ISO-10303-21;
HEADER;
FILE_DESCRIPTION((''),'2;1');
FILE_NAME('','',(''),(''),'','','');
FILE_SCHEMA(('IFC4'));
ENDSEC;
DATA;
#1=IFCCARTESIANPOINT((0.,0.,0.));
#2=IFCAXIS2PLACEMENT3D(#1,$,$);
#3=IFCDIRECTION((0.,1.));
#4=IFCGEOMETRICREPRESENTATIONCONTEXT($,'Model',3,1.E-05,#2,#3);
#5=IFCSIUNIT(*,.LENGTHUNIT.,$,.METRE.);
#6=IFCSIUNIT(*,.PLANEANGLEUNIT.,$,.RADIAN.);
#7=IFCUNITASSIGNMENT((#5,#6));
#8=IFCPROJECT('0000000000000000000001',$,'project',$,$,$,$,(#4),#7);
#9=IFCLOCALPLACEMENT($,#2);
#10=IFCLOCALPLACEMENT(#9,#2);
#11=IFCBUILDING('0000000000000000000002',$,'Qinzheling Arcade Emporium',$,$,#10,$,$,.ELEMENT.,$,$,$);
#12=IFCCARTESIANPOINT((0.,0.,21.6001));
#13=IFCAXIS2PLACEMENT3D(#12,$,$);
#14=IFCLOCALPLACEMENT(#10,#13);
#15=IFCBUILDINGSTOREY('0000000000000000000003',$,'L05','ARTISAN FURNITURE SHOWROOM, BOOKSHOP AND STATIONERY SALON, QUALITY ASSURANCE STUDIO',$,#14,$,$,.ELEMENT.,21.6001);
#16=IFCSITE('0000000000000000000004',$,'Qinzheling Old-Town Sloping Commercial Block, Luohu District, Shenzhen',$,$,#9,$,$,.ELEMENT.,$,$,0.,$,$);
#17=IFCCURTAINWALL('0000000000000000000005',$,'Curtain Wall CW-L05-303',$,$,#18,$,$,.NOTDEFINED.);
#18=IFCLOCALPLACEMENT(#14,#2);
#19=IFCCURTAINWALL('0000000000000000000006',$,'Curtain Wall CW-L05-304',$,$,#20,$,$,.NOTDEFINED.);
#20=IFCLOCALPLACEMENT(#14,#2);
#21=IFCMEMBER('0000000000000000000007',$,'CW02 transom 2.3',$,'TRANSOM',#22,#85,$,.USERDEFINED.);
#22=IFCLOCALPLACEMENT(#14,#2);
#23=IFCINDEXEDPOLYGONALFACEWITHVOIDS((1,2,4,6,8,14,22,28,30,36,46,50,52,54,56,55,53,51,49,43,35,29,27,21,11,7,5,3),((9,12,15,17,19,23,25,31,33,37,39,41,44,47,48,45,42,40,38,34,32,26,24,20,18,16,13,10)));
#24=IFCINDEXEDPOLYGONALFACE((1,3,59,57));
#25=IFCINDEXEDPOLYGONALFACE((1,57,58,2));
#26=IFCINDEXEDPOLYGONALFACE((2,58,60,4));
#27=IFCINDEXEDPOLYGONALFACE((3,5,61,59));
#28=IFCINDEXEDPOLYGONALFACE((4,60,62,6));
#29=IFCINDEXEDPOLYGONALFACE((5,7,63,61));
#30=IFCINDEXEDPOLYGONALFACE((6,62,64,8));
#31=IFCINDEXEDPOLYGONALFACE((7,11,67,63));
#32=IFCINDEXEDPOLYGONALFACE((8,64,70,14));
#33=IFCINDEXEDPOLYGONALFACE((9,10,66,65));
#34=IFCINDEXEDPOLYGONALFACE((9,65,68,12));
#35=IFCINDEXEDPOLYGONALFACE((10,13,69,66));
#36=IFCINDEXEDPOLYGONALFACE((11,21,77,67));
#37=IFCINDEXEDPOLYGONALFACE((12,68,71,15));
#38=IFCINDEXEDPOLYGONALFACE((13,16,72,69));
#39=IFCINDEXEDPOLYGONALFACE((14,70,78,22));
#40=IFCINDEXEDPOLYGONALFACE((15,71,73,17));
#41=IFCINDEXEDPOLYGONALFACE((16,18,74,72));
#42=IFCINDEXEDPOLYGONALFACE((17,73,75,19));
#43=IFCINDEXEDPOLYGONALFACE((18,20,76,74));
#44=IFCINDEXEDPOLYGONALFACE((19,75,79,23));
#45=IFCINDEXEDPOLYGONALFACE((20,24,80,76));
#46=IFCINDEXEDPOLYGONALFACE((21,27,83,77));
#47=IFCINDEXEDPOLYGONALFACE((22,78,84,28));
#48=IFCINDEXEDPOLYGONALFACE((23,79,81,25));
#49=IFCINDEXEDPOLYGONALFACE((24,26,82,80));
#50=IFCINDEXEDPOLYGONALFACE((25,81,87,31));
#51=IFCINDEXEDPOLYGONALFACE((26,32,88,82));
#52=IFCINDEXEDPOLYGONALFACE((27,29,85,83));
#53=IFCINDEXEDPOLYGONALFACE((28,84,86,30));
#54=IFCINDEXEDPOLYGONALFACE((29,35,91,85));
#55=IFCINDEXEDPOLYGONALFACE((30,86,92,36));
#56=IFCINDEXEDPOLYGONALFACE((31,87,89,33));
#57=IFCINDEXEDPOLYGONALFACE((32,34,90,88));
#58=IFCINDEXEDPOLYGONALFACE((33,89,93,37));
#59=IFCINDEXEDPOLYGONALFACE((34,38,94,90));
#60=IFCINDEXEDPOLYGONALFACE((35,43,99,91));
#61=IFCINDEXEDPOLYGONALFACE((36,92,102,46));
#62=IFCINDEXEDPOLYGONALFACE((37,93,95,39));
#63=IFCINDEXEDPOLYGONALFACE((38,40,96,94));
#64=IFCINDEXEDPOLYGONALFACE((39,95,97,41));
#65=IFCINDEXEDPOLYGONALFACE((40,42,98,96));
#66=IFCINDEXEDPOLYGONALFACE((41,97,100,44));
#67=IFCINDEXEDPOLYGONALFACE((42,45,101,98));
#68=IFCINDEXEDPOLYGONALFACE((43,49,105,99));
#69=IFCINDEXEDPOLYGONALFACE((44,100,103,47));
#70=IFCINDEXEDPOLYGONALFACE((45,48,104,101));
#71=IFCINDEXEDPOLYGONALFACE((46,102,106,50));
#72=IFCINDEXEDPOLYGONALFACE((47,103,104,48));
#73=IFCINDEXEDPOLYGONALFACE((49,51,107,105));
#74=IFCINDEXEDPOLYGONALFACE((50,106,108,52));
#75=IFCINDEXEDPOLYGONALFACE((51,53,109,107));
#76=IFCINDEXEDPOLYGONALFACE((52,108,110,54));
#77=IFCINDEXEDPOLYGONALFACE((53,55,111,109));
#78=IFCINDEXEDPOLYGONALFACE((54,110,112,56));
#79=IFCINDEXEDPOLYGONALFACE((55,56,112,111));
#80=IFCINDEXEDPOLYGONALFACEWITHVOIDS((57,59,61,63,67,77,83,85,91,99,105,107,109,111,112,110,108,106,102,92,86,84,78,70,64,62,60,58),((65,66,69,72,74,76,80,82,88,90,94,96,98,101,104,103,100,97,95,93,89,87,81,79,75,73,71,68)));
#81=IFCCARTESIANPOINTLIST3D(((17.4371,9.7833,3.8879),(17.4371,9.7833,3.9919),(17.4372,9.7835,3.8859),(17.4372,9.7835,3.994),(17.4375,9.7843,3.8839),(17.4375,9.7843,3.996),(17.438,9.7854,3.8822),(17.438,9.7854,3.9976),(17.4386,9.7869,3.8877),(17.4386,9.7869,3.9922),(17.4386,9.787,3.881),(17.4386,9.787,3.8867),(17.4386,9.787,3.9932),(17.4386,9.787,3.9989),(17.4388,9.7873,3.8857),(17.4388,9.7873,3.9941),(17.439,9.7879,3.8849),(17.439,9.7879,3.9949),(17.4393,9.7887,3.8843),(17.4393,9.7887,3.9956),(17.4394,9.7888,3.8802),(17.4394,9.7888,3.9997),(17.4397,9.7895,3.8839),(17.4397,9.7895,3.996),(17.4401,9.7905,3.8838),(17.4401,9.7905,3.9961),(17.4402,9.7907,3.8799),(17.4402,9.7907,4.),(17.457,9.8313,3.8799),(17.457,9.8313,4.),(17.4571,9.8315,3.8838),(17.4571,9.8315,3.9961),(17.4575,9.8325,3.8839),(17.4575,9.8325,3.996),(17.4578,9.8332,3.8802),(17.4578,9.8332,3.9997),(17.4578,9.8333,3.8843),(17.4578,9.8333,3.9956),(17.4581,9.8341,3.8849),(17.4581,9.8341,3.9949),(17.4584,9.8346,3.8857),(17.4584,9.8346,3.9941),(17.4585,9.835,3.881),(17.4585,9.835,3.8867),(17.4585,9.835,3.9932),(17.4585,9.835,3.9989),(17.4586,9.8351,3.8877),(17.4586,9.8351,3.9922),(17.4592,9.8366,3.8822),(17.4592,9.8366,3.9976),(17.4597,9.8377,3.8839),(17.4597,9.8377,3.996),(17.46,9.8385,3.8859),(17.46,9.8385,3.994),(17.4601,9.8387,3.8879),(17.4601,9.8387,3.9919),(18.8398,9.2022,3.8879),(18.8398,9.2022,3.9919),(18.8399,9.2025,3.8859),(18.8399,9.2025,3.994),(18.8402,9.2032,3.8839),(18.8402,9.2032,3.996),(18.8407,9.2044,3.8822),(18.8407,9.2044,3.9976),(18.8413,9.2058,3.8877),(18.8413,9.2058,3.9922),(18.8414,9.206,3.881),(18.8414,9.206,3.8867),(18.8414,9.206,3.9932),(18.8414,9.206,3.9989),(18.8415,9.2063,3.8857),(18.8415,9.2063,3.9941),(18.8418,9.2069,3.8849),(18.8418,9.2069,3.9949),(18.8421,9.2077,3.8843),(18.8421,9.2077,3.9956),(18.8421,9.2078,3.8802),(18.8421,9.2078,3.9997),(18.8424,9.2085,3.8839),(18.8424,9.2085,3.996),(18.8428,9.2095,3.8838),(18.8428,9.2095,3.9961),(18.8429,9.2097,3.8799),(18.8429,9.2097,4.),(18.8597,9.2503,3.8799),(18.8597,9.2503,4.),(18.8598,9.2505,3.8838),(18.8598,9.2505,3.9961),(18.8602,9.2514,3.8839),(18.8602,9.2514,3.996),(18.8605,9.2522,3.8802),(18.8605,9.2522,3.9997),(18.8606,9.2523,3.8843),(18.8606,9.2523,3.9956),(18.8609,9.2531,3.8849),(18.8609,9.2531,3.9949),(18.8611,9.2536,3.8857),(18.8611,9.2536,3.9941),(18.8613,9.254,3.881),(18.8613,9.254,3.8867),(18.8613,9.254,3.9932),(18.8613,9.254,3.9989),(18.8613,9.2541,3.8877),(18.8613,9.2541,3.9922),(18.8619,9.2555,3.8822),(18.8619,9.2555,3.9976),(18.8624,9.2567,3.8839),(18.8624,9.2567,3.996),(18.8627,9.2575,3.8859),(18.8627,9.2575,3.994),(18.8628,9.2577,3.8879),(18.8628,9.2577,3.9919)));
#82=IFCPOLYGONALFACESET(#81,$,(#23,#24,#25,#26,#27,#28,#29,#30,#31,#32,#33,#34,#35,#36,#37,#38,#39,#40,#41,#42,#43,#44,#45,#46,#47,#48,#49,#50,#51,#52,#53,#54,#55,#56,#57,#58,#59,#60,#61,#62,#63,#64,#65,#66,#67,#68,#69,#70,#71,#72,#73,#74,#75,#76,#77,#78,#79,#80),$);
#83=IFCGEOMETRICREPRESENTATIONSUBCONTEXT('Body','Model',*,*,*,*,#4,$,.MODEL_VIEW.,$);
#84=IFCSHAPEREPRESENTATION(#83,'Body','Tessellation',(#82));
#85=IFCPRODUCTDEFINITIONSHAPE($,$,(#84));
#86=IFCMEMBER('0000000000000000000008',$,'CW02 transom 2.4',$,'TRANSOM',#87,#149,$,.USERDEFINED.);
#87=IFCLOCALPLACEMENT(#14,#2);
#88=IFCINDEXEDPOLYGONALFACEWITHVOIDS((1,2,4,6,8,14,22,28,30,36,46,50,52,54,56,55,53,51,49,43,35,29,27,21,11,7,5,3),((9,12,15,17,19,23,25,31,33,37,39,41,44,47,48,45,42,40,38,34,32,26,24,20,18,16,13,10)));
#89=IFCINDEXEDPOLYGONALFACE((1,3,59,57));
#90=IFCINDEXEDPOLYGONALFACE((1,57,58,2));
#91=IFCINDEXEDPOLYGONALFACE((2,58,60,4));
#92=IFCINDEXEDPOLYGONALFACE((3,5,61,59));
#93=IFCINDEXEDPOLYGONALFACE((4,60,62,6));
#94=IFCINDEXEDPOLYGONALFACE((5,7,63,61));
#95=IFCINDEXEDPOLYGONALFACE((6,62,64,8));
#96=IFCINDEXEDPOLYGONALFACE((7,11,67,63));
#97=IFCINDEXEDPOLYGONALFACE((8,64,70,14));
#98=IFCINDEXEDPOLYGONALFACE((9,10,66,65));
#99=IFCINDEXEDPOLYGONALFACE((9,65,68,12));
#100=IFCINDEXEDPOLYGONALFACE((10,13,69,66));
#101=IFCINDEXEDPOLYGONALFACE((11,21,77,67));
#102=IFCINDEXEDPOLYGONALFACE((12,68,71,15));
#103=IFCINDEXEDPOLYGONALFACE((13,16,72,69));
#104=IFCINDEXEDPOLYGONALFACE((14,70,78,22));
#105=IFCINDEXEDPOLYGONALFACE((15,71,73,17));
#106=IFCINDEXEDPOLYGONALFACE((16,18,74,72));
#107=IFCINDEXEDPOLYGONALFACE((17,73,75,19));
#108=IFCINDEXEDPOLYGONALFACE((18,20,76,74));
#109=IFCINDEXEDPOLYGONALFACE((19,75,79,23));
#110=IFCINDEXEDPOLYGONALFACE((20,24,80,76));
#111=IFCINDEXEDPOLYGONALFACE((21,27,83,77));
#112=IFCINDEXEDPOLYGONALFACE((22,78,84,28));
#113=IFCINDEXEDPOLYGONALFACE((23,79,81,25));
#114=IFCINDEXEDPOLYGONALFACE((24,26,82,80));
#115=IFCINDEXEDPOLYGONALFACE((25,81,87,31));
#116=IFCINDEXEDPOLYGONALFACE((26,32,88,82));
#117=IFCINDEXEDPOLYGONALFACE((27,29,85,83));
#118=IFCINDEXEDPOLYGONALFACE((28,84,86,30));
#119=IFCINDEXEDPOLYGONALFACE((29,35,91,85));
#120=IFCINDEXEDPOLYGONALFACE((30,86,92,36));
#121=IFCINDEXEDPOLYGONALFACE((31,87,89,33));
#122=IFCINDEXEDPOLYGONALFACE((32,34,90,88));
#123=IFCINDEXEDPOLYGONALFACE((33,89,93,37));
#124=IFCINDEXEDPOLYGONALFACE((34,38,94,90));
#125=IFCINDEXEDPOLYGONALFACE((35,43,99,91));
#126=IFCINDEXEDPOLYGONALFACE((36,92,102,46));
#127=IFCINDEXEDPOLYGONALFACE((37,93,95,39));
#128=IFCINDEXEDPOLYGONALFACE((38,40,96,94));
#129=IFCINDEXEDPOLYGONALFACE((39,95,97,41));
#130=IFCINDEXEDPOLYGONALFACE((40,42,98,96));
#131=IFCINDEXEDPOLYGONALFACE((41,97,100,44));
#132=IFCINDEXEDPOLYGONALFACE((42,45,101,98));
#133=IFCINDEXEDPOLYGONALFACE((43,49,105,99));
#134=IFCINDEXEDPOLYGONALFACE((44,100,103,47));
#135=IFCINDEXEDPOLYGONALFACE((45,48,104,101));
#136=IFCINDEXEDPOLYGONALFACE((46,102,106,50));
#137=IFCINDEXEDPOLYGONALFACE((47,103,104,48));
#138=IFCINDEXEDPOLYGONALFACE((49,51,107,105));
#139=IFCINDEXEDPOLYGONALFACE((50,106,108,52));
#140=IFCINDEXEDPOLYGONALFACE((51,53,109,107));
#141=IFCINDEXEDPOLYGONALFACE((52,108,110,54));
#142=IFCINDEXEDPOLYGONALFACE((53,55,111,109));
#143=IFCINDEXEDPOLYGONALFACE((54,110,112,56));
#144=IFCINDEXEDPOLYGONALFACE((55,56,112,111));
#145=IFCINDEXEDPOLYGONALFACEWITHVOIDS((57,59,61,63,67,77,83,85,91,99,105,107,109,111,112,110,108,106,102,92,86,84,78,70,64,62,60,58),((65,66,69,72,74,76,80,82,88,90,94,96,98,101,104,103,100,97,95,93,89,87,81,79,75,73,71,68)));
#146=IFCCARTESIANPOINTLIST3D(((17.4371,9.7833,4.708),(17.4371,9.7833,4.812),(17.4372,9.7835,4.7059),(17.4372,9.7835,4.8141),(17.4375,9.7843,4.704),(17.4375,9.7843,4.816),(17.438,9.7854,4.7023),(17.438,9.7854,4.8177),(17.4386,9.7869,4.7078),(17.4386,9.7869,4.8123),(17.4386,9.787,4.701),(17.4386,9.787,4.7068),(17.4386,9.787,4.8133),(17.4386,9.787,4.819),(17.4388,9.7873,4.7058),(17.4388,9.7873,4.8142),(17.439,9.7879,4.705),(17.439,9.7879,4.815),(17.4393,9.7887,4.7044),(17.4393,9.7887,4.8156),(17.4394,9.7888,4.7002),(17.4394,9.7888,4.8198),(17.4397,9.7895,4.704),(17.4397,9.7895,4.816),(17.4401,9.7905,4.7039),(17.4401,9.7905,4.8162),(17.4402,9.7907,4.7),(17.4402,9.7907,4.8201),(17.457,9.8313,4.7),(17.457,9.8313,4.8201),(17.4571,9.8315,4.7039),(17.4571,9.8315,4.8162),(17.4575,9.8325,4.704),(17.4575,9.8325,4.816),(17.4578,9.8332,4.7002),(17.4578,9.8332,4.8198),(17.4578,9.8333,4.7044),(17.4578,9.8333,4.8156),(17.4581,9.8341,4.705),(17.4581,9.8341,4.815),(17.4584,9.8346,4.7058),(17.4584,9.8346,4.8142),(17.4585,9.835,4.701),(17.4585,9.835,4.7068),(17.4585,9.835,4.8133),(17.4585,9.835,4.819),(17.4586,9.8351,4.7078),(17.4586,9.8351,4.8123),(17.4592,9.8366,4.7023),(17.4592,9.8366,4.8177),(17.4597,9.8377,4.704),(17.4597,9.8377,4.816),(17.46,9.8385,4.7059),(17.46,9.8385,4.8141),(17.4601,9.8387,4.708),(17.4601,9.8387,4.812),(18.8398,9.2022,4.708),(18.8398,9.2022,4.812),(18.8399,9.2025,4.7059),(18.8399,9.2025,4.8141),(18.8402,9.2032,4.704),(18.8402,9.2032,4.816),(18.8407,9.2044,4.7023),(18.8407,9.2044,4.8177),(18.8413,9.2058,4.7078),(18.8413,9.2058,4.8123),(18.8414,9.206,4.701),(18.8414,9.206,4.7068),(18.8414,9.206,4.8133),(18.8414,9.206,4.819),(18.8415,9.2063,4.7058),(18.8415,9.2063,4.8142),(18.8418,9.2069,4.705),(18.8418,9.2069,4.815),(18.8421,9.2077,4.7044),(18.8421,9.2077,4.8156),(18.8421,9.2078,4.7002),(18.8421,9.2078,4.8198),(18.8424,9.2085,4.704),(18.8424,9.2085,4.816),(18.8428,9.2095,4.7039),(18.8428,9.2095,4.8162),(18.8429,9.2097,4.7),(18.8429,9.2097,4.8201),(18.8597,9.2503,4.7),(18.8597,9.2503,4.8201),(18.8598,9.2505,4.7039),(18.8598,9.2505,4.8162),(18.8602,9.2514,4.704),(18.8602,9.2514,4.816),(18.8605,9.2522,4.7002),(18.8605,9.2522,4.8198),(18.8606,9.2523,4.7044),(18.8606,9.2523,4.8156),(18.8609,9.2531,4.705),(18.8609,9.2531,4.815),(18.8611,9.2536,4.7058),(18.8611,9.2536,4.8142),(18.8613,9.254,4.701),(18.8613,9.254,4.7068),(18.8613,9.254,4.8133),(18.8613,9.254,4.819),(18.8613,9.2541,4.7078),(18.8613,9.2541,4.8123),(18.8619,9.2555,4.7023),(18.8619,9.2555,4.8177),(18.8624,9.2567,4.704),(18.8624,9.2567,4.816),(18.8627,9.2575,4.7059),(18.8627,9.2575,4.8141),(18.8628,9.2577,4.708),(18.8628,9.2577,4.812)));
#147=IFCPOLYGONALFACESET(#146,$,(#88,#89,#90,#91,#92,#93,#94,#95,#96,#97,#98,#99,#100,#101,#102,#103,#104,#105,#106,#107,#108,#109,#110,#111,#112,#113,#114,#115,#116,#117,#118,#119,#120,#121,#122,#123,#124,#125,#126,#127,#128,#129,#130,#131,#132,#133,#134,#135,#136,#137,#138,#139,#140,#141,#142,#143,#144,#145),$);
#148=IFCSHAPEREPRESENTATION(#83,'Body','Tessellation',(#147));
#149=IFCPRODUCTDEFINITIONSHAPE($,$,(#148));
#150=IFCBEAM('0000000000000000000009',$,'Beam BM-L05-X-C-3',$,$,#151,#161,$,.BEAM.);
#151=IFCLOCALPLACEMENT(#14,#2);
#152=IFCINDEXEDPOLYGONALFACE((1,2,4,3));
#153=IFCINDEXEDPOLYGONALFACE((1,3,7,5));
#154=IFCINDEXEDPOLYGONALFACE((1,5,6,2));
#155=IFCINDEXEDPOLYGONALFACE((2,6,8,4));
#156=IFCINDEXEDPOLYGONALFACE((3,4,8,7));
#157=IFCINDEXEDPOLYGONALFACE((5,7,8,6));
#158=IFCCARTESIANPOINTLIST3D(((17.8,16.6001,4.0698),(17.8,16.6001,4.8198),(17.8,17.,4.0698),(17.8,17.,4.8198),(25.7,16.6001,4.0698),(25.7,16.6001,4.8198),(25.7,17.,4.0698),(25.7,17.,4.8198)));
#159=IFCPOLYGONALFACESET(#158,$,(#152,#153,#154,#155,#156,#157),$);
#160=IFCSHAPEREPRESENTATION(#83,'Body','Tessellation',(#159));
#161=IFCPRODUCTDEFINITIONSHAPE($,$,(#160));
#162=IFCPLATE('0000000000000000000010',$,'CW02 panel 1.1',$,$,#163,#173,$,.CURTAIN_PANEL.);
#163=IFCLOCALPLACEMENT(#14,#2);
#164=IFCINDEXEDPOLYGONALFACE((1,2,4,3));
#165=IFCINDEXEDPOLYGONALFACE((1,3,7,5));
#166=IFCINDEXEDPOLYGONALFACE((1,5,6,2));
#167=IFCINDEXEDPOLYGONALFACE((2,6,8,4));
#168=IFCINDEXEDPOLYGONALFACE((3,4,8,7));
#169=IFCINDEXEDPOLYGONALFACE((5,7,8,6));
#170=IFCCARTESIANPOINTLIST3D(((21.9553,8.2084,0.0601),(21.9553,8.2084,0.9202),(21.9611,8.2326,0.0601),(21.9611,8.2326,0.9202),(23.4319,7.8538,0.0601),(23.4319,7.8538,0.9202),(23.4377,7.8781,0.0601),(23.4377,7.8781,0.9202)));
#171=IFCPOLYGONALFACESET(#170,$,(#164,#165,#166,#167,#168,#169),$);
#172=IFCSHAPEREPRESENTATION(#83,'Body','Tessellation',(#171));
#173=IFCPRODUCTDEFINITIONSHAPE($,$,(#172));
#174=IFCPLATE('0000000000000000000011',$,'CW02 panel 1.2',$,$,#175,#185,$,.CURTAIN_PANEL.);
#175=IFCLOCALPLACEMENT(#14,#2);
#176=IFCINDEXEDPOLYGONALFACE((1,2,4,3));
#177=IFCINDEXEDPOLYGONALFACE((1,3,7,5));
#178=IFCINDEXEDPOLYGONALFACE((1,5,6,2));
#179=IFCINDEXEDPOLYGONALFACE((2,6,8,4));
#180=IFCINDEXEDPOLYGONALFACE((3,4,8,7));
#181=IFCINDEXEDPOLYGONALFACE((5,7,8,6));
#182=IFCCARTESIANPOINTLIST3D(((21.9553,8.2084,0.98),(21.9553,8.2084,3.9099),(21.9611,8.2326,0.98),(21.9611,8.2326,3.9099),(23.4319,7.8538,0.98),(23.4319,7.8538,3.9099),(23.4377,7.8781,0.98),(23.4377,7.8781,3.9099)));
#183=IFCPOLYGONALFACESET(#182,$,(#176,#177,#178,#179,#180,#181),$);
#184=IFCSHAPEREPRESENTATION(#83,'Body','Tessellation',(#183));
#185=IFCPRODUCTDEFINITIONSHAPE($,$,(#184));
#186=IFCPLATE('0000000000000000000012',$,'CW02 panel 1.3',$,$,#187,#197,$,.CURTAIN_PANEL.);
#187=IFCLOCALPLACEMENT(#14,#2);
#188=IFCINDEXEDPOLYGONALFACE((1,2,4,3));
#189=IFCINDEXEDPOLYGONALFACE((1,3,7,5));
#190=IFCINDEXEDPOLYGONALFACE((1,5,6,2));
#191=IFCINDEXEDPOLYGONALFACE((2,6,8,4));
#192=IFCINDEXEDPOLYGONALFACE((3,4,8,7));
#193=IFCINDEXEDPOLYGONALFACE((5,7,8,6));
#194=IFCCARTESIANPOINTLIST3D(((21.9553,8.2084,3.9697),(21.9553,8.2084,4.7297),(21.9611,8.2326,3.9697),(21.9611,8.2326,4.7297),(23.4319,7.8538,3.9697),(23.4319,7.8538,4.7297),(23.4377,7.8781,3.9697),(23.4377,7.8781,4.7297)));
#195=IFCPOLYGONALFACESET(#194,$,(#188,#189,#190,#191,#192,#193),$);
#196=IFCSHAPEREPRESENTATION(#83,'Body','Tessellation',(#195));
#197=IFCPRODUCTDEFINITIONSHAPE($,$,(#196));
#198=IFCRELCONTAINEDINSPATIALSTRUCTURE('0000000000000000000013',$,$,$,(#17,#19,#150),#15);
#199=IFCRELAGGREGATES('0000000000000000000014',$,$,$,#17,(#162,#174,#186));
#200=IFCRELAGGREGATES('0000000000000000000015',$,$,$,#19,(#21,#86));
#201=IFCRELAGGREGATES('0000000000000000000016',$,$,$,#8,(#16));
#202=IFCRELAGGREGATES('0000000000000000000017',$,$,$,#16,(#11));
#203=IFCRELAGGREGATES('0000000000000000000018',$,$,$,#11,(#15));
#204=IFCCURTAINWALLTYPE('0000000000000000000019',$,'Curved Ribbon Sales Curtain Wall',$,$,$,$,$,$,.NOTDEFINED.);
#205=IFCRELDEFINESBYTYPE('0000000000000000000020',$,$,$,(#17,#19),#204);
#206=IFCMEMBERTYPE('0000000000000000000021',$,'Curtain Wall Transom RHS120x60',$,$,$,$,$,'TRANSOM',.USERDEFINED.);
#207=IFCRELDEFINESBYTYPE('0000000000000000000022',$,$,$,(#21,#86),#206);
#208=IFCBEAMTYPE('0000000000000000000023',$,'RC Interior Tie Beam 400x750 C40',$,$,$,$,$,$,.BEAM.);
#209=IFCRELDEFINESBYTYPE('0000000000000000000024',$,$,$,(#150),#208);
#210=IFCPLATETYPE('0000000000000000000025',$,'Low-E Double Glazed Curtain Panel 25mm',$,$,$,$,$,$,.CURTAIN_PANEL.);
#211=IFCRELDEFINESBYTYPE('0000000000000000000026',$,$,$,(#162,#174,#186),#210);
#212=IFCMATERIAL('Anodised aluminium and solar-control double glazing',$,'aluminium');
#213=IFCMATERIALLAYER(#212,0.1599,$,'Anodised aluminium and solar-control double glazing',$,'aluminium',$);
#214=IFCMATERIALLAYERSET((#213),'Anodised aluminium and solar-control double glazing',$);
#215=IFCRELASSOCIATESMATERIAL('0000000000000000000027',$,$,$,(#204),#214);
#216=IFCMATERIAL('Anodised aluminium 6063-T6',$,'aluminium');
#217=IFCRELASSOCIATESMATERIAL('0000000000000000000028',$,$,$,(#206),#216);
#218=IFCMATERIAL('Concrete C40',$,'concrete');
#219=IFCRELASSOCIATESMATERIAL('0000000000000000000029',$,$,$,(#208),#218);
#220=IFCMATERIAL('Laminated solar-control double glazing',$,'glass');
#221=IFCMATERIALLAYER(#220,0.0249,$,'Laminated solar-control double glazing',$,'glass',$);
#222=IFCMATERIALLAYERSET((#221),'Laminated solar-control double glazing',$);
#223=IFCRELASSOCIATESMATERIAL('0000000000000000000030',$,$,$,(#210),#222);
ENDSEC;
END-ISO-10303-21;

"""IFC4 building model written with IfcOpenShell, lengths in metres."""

from ifc_helpers import new_model, si_unit, direction, frame, origin, origin_2d, place, context, subcontext, project, spatial, rectangle, hollow_rectangle, extrude, material, layer, layer_set, material_profile, profile_set, type_object, element, aggregate, save


model = new_model("IFC4")

# Units and contexts
model_context = context("Model", 3, precision=1e-05, world=origin(), true_north=direction((0.0, 1.0)))
body_context = subcontext(model_context, "Body", "Model", "MODEL_VIEW")
ifc_project = project(units=[si_unit("LENGTHUNIT", "METRE"), si_unit("PLANEANGLEUNIT", "RADIAN")], contexts=[model_context])

# Site, building, storey
site_placement = place(None, origin())
site = spatial("IfcSite", under=ifc_project, at=site_placement, Name="Qinzheling Old-Town Sloping Commercial Block, Luohu District, Shenzhen", CompositionType="ELEMENT", RefElevation=0.0)
building_placement = place(site_placement, origin())
building = spatial("IfcBuilding", under=site, at=building_placement, Name="Qinzheling Arcade Emporium", CompositionType="ELEMENT")
storey_placement = place(building_placement, frame((0.0, 0.0, 21.6001)))
storey = spatial("IfcBuildingStorey", under=building, at=storey_placement, Name="L05", Description="ARTISAN FURNITURE SHOWROOM, BOOKSHOP AND STATIONERY SALON, QUALITY ASSURANCE STUDIO", CompositionType="ELEMENT", Elevation=21.6001)

# Curtain walls
ifc_material_1 = material(Name="Anodised aluminium and solar-control double glazing", Category="aluminium")
ifc_layer_1 = layer(ifc_material_1, 0.1599, Name="Anodised aluminium and solar-control double glazing", Category="aluminium")
ifc_layer_set_1 = layer_set([ifc_layer_1], Name="Anodised aluminium and solar-control double glazing")
curtain_wall_type = type_object("IfcCurtainWallType", Name="Curved Ribbon Sales Curtain Wall", PredefinedType="NOTDEFINED", material=ifc_layer_set_1)
curtain_wall_1_placement = place(storey_placement, origin())
curtain_wall_1 = element("IfcCurtainWall", 1, at=curtain_wall_1_placement, inside=storey, type_object=curtain_wall_type, Name="Curtain Wall CW-L05-303", PredefinedType="NOTDEFINED")
ifc_material_2 = material(Name="Anodised aluminium 6063-T6", Category="aluminium")
curtain_wall_2_placement = place(storey_placement, origin())
curtain_wall_2 = element("IfcCurtainWall", 2, at=curtain_wall_2_placement, inside=storey, type_object=curtain_wall_type, Name="Curtain Wall CW-L05-304", PredefinedType="NOTDEFINED")

# Members
ifc_material_profile_1 = material_profile(ifc_material_2, hollow_rectangle(XDim=0.0601, YDim=0.1201, WallThickness=0.0039, InnerFilletRadius=0.0039, OuterFilletRadius=0.0081, at=origin_2d()), Name="RHS 120x60x4", Category="aluminium")
ifc_profile_set_1 = profile_set([ifc_material_profile_1], Name="Anodised aluminium 6063-T6")
member_type_1 = type_object("IfcMemberType", Name="Curtain Wall Transom RHS120x60", ElementType="TRANSOM", PredefinedType="USERDEFINED", material=ifc_profile_set_1)
member_1_placement = place(storey_placement, frame((18.8513, 9.23, 3.9399), z_axis=(-0.923884, 0.382674, 0.0), x_axis=(-0.382674, -0.923884, 0.0)))
member_1 = element("IfcMember", 3, at=member_1_placement, type_object=member_type_1, Name="CW02 transom 2.3", ObjectType="TRANSOM", PredefinedType="USERDEFINED", context=body_context, shape_type="SweptSolid", body=[
    extrude(hollow_rectangle(XDim=0.0601, YDim=0.1201, WallThickness=0.0039, InnerFilletRadius=0.0039, OuterFilletRadius=0.0081, at=origin_2d()), origin(), (0.0, 0.0, 1.0), 1.5183),
])
member_2_placement = place(storey_placement, frame((18.8513, 9.23, 4.76), z_axis=(-0.923884, 0.382674, 0.0), x_axis=(-0.382674, -0.923884, 0.0)))
member_2 = element("IfcMember", 4, at=member_2_placement, type_object=member_type_1, Name="CW02 transom 2.4", ObjectType="TRANSOM", PredefinedType="USERDEFINED", context=body_context, shape_type="SweptSolid", body=[
    extrude(hollow_rectangle(XDim=0.0601, YDim=0.1201, WallThickness=0.0039, InnerFilletRadius=0.0039, OuterFilletRadius=0.0081, at=origin_2d()), origin(), (0.0, 0.0, 1.0), 1.5183),
])

# Beam
ifc_material_3 = material(Name="Concrete C40", Category="concrete")
ifc_material_profile_2 = material_profile(ifc_material_3, rectangle(XDim=0.3999, YDim=0.75, at=origin_2d()), Name="RC 400x750", Category="concrete")
ifc_profile_set_2 = profile_set([ifc_material_profile_2], Name="Concrete C40")
beam_type = type_object("IfcBeamType", Name="RC Interior Tie Beam 400x750 C40", PredefinedType="BEAM", material=ifc_profile_set_2)
beam_placement = place(storey_placement, frame((17.8, 16.8, 4.4448), z_axis=(1.0, 0.0, 0.0), x_axis=(0.0, 1.0, 0.0)))
element("IfcBeam", 5, at=beam_placement, inside=storey, type_object=beam_type, Name="Beam BM-L05-X-C-3", PredefinedType="BEAM", context=body_context, shape_type="SweptSolid", body=[
    extrude(rectangle(XDim=0.3999, YDim=0.75, at=origin_2d()), origin(), (0.0, 0.0, 1.0), 7.8999),
])

# Plates
ifc_material_4 = material(Name="Laminated solar-control double glazing", Category="glass")
ifc_layer_2 = layer(ifc_material_4, 0.0249, Name="Laminated solar-control double glazing", Category="glass")
ifc_layer_set_2 = layer_set([ifc_layer_2], Name="Laminated solar-control double glazing")
plate_type_1 = type_object("IfcPlateType", Name="Low-E Double Glazed Curtain Panel 25mm", PredefinedType="CURTAIN_PANEL", material=ifc_layer_set_2)
plate_1_placement = place(storey_placement, frame((22.6965, 8.0432, 0.0601), z_axis=(0.0, 0.0, 1.0), x_axis=(-0.972368, 0.233455, 0.0)))
plate_1 = element("IfcPlate", 6, at=plate_1_placement, type_object=plate_type_1, Name="CW02 panel 1.1", PredefinedType="CURTAIN_PANEL", context=body_context, shape_type="SweptSolid", body=[
    extrude(rectangle(XDim=1.5186, YDim=0.0249, at=origin_2d()), origin(), (0.0, 0.0, 1.0), 0.8601),
])
plate_2_placement = place(storey_placement, frame((22.6965, 8.0432, 0.98), z_axis=(0.0, 0.0, 1.0), x_axis=(-0.972368, 0.233455, 0.0)))
plate_2 = element("IfcPlate", 7, at=plate_2_placement, type_object=plate_type_1, Name="CW02 panel 1.2", PredefinedType="CURTAIN_PANEL", context=body_context, shape_type="SweptSolid", body=[
    extrude(rectangle(XDim=1.5186, YDim=0.0249, at=origin_2d()), origin(), (0.0, 0.0, 1.0), 2.9299),
])
plate_3_placement = place(storey_placement, frame((22.6965, 8.0432, 3.9697), z_axis=(0.0, 0.0, 1.0), x_axis=(-0.972368, 0.233455, 0.0)))
plate_3 = element("IfcPlate", 8, at=plate_3_placement, type_object=plate_type_1, Name="CW02 panel 1.3", PredefinedType="CURTAIN_PANEL", context=body_context, shape_type="SweptSolid", body=[
    extrude(rectangle(XDim=1.5186, YDim=0.0249, at=origin_2d()), origin(), (0.0, 0.0, 1.0), 0.76),
])
aggregate(curtain_wall_1, [plate_1, plate_2, plate_3])
aggregate(curtain_wall_2, [member_1, member_2])

save(model, "model.ifc")
